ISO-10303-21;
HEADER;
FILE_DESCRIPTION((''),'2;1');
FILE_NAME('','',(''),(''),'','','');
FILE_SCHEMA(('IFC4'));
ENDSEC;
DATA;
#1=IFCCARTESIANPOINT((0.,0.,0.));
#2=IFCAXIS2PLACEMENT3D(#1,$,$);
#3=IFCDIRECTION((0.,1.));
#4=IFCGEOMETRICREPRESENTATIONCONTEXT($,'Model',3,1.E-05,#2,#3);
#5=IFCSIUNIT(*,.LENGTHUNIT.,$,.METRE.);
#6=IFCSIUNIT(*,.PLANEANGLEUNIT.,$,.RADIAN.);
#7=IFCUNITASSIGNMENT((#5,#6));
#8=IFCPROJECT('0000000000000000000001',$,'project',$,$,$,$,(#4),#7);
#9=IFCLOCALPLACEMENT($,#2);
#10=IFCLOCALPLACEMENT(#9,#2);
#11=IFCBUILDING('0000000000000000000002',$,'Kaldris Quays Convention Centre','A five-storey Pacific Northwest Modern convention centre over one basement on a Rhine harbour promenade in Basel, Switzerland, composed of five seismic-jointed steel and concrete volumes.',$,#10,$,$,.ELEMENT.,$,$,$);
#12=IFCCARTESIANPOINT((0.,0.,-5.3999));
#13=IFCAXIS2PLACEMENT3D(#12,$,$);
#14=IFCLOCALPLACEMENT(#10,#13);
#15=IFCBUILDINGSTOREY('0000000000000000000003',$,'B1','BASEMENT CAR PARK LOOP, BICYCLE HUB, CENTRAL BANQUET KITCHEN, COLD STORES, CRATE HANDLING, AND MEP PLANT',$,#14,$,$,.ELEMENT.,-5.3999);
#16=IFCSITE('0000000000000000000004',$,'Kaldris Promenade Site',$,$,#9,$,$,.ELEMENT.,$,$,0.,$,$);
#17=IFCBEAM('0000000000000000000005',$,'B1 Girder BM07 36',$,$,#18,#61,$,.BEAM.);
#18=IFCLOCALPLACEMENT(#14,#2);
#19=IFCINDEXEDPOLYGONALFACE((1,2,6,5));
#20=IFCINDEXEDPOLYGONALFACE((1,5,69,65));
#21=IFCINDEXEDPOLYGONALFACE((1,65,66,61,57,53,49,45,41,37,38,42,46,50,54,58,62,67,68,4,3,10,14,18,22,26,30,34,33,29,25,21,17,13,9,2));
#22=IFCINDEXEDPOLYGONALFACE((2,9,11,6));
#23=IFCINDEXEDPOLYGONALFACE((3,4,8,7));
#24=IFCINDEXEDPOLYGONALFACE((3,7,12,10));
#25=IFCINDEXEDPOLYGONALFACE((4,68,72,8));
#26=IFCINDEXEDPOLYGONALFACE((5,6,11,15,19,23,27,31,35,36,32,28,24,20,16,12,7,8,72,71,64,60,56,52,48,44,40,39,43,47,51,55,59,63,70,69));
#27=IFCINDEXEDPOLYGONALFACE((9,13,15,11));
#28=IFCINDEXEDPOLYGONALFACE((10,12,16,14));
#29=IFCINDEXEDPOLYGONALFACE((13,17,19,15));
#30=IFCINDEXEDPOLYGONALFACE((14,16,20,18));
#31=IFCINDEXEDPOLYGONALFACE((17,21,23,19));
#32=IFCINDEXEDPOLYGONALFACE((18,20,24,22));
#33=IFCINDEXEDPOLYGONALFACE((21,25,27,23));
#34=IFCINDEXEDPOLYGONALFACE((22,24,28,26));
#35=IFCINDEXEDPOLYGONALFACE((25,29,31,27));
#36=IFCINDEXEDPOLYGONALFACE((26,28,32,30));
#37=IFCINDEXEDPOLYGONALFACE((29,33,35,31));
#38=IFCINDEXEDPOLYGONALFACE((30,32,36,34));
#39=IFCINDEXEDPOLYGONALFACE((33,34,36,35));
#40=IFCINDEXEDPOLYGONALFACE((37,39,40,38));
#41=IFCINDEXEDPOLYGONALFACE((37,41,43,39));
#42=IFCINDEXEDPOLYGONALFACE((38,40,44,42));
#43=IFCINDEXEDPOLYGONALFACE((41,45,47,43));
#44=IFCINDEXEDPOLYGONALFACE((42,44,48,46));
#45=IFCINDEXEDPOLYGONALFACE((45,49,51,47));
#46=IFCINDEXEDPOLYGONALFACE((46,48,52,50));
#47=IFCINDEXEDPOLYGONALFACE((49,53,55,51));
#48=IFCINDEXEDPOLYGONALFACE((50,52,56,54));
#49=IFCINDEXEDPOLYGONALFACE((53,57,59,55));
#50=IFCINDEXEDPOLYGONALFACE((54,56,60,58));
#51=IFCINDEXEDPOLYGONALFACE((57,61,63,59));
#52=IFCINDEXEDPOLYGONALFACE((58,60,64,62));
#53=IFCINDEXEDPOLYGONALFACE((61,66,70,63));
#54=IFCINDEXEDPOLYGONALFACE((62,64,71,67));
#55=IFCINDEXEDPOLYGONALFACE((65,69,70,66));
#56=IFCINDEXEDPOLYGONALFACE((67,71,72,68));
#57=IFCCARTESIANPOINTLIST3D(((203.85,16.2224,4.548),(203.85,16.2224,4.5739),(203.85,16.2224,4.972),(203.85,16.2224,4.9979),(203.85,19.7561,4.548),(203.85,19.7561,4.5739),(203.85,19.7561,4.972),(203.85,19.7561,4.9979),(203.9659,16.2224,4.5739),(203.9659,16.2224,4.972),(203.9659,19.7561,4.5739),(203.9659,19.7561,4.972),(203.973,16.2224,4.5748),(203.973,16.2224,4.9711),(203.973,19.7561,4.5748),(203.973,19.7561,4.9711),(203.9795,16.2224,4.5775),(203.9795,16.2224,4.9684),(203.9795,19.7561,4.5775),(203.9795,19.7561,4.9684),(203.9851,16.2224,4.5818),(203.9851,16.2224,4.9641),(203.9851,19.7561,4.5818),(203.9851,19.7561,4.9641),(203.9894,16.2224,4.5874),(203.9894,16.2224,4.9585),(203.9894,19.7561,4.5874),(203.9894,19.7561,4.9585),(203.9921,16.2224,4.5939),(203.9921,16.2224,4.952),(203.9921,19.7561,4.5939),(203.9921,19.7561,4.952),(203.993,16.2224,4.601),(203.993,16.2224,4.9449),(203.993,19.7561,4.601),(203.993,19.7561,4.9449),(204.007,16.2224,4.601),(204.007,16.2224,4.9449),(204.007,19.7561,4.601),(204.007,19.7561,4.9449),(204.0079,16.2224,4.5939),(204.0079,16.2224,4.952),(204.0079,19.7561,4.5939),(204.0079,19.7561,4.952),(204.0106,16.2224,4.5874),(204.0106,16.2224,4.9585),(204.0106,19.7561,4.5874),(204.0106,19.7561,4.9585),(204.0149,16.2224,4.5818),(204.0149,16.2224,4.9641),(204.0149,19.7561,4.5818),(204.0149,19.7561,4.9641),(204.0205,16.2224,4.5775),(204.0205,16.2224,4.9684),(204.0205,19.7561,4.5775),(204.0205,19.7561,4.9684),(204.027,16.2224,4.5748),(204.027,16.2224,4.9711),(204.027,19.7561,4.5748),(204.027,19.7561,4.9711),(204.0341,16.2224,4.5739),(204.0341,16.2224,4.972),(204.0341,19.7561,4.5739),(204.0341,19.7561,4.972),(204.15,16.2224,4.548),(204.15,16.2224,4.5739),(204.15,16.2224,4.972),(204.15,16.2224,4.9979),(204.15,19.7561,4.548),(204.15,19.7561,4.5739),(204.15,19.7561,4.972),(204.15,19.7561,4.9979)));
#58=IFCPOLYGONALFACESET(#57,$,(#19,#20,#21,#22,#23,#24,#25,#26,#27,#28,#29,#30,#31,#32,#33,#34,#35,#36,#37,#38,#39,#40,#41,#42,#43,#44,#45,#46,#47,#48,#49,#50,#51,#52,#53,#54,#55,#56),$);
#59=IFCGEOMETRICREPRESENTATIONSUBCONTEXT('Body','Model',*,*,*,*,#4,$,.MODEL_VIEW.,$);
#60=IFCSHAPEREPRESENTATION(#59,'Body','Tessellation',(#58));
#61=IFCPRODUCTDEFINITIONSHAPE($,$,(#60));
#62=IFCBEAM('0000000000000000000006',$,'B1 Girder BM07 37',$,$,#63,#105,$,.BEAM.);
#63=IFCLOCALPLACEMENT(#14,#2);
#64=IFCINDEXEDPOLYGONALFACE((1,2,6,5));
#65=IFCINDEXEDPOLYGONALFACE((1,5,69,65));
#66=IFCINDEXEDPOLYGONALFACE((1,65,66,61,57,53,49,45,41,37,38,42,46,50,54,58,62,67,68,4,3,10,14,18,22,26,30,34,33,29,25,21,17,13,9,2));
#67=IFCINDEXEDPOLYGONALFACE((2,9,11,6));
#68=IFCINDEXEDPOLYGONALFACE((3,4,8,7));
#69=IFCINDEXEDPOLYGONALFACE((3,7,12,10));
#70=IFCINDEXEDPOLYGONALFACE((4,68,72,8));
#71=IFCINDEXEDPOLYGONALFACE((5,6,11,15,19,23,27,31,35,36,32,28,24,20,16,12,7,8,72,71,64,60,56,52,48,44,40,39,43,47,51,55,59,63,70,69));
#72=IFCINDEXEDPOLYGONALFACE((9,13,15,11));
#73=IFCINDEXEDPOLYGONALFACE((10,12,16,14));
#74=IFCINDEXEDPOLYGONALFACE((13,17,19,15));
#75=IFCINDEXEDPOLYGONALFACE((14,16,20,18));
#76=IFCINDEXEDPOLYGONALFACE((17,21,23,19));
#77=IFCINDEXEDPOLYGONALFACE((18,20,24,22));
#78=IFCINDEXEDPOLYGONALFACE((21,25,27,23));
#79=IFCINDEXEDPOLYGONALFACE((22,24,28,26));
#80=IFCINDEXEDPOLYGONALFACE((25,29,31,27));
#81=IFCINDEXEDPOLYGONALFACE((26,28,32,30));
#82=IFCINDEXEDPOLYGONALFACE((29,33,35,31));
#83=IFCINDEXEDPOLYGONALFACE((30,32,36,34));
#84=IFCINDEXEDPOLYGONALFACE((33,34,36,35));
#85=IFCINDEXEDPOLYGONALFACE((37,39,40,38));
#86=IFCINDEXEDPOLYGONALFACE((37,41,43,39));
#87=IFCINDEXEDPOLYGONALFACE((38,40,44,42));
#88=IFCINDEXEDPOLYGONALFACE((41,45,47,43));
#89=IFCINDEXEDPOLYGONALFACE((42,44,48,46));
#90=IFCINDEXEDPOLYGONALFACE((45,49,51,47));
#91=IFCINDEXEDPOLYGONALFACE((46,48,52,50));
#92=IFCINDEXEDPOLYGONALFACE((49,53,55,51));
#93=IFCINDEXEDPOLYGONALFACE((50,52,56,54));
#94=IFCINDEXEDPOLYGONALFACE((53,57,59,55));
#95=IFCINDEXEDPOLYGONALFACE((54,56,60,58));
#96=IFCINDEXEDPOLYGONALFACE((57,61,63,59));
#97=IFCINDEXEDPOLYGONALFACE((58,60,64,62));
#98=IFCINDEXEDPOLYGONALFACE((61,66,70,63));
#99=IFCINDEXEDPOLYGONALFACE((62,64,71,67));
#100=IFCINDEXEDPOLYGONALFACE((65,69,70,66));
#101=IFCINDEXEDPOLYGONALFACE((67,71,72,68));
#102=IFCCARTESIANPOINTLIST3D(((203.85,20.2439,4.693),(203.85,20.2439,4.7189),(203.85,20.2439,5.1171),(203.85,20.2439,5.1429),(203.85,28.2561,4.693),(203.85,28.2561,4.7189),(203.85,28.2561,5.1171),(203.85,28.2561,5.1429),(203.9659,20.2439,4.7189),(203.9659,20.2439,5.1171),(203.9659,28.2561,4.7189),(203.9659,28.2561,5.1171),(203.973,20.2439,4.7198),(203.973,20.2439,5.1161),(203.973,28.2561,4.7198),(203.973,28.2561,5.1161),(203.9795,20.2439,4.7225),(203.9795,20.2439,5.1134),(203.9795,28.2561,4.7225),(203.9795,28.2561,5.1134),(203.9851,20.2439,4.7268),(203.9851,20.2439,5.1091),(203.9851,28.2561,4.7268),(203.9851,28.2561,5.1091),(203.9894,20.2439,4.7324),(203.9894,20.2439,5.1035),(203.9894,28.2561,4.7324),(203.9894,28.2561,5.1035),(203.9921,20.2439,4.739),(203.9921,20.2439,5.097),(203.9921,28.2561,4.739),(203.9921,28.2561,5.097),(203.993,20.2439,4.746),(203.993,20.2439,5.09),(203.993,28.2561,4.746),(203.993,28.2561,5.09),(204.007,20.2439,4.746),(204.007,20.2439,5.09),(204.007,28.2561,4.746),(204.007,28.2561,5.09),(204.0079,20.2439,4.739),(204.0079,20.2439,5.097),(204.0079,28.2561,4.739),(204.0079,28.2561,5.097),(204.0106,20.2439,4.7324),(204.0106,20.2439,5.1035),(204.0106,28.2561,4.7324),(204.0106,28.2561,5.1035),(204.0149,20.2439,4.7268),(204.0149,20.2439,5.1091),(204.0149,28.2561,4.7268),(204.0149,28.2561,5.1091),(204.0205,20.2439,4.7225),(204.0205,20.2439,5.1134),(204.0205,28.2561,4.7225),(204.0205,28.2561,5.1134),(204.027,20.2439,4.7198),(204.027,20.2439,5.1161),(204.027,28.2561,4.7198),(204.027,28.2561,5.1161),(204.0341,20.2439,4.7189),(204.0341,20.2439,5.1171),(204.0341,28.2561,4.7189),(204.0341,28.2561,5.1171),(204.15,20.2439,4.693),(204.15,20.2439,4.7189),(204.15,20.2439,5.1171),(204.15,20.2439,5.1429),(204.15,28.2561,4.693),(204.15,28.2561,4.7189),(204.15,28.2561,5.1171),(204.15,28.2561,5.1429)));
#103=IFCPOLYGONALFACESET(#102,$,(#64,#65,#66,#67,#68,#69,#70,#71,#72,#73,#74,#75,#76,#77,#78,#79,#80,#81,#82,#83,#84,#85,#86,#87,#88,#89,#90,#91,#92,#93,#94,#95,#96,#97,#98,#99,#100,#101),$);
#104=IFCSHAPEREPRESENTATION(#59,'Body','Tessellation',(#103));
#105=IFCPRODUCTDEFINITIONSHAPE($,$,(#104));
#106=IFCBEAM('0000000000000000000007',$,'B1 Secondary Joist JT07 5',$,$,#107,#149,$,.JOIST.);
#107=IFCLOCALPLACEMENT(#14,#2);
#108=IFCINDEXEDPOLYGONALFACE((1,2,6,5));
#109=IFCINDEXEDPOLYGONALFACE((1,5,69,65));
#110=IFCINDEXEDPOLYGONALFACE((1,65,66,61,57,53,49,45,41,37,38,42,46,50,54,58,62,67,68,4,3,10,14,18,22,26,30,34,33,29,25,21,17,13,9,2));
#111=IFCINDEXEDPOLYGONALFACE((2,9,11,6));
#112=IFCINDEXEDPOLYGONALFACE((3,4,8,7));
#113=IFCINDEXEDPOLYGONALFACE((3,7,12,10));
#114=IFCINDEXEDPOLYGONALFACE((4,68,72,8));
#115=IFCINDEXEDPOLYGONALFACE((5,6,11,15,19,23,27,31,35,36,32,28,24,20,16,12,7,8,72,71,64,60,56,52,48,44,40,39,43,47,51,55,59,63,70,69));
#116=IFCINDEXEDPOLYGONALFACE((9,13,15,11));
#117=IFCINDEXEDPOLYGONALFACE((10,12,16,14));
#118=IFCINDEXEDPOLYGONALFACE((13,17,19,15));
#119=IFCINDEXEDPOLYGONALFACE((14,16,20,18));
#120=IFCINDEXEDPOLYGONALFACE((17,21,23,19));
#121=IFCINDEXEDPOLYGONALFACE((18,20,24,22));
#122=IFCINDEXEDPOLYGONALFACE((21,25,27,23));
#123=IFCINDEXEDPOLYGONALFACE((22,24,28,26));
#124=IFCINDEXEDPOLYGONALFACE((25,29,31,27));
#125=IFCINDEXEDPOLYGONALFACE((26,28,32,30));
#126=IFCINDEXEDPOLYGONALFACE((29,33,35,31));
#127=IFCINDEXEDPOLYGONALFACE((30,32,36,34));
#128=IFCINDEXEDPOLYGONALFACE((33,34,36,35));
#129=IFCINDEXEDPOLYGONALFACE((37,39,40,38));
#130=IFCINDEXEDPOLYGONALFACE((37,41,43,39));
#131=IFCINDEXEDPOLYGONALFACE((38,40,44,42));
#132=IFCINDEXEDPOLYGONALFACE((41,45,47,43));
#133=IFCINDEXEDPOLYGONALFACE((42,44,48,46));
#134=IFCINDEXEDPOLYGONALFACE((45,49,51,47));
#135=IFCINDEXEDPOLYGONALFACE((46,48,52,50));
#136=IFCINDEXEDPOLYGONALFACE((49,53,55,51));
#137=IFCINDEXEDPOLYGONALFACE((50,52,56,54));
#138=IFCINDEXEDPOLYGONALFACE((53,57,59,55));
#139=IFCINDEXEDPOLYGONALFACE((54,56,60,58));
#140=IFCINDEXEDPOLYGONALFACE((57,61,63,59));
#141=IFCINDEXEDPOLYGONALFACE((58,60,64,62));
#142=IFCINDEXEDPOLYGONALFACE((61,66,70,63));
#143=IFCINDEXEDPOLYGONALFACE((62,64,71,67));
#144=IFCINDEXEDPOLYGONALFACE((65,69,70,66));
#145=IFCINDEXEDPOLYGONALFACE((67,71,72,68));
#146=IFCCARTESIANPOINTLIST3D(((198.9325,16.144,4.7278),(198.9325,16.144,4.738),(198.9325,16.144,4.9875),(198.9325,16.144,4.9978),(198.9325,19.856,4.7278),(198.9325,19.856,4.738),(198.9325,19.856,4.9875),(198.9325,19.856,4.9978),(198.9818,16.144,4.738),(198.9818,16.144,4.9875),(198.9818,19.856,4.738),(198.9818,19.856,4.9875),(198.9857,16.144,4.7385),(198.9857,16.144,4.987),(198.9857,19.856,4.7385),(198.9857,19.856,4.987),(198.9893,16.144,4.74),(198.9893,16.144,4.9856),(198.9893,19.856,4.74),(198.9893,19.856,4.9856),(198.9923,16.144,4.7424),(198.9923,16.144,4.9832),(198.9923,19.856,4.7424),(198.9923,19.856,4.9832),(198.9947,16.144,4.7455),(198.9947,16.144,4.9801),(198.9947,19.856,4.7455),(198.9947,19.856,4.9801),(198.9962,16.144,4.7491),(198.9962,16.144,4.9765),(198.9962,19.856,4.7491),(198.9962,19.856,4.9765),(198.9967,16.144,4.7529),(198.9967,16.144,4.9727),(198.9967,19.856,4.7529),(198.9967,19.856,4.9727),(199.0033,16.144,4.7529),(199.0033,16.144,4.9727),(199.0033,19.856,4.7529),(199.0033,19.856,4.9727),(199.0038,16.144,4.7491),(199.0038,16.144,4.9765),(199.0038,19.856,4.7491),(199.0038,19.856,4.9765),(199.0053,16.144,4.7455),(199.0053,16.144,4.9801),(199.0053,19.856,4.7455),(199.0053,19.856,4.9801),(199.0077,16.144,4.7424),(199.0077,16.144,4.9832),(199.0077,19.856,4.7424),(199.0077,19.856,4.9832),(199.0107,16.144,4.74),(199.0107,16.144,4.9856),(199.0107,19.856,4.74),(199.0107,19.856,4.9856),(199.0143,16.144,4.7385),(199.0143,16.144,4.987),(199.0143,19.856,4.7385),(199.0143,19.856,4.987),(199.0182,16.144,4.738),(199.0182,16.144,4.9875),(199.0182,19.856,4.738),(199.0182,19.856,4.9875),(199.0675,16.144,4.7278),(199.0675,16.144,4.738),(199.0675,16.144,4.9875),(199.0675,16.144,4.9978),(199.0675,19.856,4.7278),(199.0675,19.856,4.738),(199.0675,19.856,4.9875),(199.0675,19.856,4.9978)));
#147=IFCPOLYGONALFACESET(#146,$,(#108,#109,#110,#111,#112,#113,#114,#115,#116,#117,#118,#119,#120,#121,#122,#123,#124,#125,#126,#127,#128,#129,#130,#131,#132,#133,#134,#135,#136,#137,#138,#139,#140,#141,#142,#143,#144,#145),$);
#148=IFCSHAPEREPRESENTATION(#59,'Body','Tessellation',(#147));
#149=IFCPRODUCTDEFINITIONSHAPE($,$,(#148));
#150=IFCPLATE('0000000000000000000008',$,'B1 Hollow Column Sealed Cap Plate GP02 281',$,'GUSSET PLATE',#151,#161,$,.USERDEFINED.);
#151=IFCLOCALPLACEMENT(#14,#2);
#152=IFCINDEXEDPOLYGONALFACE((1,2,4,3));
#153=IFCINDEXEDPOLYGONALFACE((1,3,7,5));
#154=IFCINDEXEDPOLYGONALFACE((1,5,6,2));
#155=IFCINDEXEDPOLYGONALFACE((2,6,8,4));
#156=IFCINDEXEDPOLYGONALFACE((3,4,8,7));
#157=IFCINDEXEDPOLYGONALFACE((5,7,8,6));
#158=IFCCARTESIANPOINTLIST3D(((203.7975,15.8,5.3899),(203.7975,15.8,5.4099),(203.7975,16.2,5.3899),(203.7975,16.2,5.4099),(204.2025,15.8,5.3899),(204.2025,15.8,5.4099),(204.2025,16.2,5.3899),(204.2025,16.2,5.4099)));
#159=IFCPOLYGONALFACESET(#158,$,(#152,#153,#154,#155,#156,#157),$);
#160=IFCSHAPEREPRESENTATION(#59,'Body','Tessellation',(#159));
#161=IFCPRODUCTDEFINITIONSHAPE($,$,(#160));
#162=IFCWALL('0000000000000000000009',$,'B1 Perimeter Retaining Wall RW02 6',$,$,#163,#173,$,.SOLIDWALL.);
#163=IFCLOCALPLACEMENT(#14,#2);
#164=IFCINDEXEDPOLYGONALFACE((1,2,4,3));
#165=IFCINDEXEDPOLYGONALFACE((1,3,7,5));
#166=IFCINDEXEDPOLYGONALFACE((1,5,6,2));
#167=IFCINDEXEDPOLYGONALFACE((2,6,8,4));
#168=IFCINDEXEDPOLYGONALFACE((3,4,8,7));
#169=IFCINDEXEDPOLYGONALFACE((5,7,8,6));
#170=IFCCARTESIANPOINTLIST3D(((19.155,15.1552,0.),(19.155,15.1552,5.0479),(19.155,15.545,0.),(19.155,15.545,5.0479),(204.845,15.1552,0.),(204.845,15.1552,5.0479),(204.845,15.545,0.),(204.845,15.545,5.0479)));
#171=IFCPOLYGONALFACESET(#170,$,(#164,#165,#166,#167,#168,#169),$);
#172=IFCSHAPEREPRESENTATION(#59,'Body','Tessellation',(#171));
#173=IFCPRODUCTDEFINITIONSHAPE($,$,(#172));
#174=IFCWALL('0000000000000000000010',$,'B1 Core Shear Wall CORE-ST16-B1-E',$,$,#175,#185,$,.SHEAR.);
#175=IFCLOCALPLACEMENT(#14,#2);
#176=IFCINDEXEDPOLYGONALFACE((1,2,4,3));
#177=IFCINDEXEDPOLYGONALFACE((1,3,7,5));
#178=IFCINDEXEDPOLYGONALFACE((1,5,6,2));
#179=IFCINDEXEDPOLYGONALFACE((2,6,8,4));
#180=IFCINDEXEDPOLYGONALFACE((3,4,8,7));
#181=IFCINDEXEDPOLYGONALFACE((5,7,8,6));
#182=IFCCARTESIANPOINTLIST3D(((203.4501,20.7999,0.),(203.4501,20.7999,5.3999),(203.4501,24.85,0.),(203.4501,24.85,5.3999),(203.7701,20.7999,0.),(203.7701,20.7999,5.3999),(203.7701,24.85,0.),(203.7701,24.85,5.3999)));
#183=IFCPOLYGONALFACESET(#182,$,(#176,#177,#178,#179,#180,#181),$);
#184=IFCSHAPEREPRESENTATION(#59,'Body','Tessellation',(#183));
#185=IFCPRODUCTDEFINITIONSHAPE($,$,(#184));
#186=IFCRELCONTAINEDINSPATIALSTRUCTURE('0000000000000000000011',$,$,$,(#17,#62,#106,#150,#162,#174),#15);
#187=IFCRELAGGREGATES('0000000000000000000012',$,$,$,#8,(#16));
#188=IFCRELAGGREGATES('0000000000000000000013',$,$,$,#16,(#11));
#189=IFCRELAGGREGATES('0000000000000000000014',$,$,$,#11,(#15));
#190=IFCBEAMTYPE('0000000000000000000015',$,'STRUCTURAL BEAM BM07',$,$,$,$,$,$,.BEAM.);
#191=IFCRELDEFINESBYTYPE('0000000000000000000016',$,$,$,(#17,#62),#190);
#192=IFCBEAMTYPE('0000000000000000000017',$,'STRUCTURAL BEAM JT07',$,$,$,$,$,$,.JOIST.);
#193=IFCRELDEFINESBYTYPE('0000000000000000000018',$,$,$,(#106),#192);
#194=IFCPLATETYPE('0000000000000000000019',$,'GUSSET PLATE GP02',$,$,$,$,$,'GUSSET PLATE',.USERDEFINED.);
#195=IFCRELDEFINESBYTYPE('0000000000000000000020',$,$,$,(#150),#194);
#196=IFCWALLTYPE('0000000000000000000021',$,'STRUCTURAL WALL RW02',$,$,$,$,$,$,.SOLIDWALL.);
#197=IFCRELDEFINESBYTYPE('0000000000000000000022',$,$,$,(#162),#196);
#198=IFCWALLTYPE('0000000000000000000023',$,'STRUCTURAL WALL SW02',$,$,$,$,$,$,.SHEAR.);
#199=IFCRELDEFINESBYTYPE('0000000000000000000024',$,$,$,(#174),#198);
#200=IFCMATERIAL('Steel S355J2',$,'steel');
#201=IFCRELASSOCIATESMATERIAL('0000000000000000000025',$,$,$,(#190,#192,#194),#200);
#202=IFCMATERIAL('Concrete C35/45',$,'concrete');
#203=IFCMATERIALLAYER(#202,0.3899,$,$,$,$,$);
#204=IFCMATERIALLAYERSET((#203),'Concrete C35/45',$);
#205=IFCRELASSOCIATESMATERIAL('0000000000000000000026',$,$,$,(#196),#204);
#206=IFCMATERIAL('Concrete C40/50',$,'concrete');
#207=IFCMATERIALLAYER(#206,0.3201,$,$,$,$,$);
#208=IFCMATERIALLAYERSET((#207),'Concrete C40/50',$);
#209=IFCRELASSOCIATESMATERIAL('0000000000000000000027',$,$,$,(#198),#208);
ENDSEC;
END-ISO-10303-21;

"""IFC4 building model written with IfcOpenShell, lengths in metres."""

from ifc_helpers import new_model, si_unit, direction, frame, frame_2d, origin, origin_2d, place, context, subcontext, project, spatial, rectangle, i_section, extrude, material, layer, layer_set, material_profile, profile_set, type_object, element, save


model = new_model("IFC4")

# Units and contexts
model_context = context("Model", 3, precision=1e-05, world=origin(), true_north=direction((0.0, 1.0)))
body_context = subcontext(model_context, "Body", "Model", "MODEL_VIEW")
ifc_project = project(units=[si_unit("LENGTHUNIT", "METRE"), si_unit("PLANEANGLEUNIT", "RADIAN")], contexts=[model_context])

# Site, building, storey
site_placement = place(None, origin())
site = spatial("IfcSite", under=ifc_project, at=site_placement, Name="Kaldris Promenade Site", CompositionType="ELEMENT", RefElevation=0.0)
building_placement = place(site_placement, origin())
building = spatial("IfcBuilding", under=site, at=building_placement, Name="Kaldris Quays Convention Centre", Description="A five-storey Pacific Northwest Modern convention centre over one basement on a Rhine harbour promenade in Basel, Switzerland, composed of five seismic-jointed steel and concrete volumes.", CompositionType="ELEMENT")
storey_placement = place(building_placement, frame((0.0, 0.0, -5.3999)))
storey = spatial("IfcBuildingStorey", under=building, at=storey_placement, Name="B1", Description="BASEMENT CAR PARK LOOP, BICYCLE HUB, CENTRAL BANQUET KITCHEN, COLD STORES, CRATE HANDLING, AND MEP PLANT", CompositionType="ELEMENT", Elevation=-5.3999)

# Shared definitions
ifc_material_1 = material(Name="Concrete C35/45", Category="concrete")

# Shared definitions
ifc_material_2 = material(Name="Steel S355J2", Category="steel")
ifc_material_3 = material(Name="Concrete C40/50", Category="concrete")

# Beams
ifc_material_profile_1 = material_profile(ifc_material_2, i_section(OverallWidth=0.3, OverallDepth=0.45, WebThickness=0.0139, FlangeThickness=0.0259, FilletRadius=0.0271, at=origin_2d()), Name="HEB 450")
ifc_profile_set_1 = profile_set([ifc_material_profile_1], Name="Steel S355J2")
beam_type_1 = type_object("IfcBeamType", Name="STRUCTURAL BEAM BM07", PredefinedType="BEAM", material=ifc_profile_set_1)
beam_1_placement = place(storey_placement, frame((204.0, 16.2224, 4.7729), z_axis=(0.0, 1.0, 0.0), x_axis=(-1.0, 0.0, 0.0)))
element("IfcBeam", 1, at=beam_1_placement, inside=storey, type_object=beam_type_1, Name="B1 Girder BM07 36", PredefinedType="BEAM", context=body_context, shape_type="SweptSolid", body=[
    extrude(i_section(OverallWidth=0.3, OverallDepth=0.45, WebThickness=0.0139, FlangeThickness=0.0259, FilletRadius=0.0271, at=origin_2d()), origin(), (0.0, 0.0, 1.0), 3.5337),
])
beam_2_placement = place(storey_placement, frame((204.0, 20.2439, 4.918), z_axis=(0.0, 1.0, 0.0), x_axis=(-1.0, 0.0, 0.0)))
element("IfcBeam", 2, at=beam_2_placement, inside=storey, type_object=beam_type_1, Name="B1 Girder BM07 37", PredefinedType="BEAM", context=body_context, shape_type="SweptSolid", body=[
    extrude(i_section(OverallWidth=0.3, OverallDepth=0.45, WebThickness=0.0139, FlangeThickness=0.0259, FilletRadius=0.0271, at=origin_2d()), origin(), (0.0, 0.0, 1.0), 8.0122),
])
ifc_material_profile_2 = material_profile(ifc_material_2, i_section(OverallWidth=0.135, OverallDepth=0.27, WebThickness=0.0066, FlangeThickness=0.0103, FilletRadius=0.0149, at=origin_2d()), Name="IPE 270")
ifc_profile_set_2 = profile_set([ifc_material_profile_2], Name="Steel S355J2")
beam_type_2 = type_object("IfcBeamType", Name="STRUCTURAL BEAM JT07", PredefinedType="JOIST", material=ifc_profile_set_2)
beam_3_placement = place(storey_placement, frame((199.0, 16.144, 4.8628), z_axis=(0.0, 1.0, 0.0), x_axis=(-1.0, 0.0, 0.0)))
element("IfcBeam", 3, at=beam_3_placement, inside=storey, type_object=beam_type_2, Name="B1 Secondary Joist JT07 5", PredefinedType="JOIST", context=body_context, shape_type="SweptSolid", body=[
    extrude(i_section(OverallWidth=0.135, OverallDepth=0.27, WebThickness=0.0066, FlangeThickness=0.0103, FilletRadius=0.0149, at=origin_2d()), origin(), (0.0, 0.0, 1.0), 3.7119),
])

# Plate
plate_type = type_object("IfcPlateType", Name="GUSSET PLATE GP02", ElementType="GUSSET PLATE", PredefinedType="USERDEFINED", material=ifc_material_2)
plate_placement = place(storey_placement, frame((204.0, 16.0, 5.3899), z_axis=(0.0, 0.0, 1.0), x_axis=(1.0, 0.0, 0.0)))
element("IfcPlate", 4, at=plate_placement, inside=storey, type_object=plate_type, Name="B1 Hollow Column Sealed Cap Plate GP02 281", ObjectType="GUSSET PLATE", PredefinedType="USERDEFINED", context=body_context, shape_type="SweptSolid", body=[
    extrude(rectangle(XDim=0.405, YDim=0.3999, at=origin_2d()), origin(), (0.0, 0.0, 1.0), 0.02),
])

# Walls
ifc_layer_1 = layer(ifc_material_1, 0.3899)
ifc_layer_set_1 = layer_set([ifc_layer_1], Name="Concrete C35/45")
wall_type_1 = type_object("IfcWallType", Name="STRUCTURAL WALL RW02", PredefinedType="SOLIDWALL", material=ifc_layer_set_1)
wall_1_placement = place(storey_placement, frame((204.845, 15.3501, 0.0), z_axis=(0.0, 0.0, 1.0), x_axis=(-1.0, 0.0, 0.0)))
element("IfcWall", 5, at=wall_1_placement, inside=storey, type_object=wall_type_1, Name="B1 Perimeter Retaining Wall RW02 6", PredefinedType="SOLIDWALL", context=body_context, shape_type="SweptSolid", body=[
    extrude(rectangle(XDim=185.6899, YDim=0.3899, at=frame_2d((92.845, 0.0))), origin(), (0.0, 0.0, 1.0), 5.0479),
])
ifc_layer_2 = layer(ifc_material_3, 0.3201)
ifc_layer_set_2 = layer_set([ifc_layer_2], Name="Concrete C40/50")
wall_type_2 = type_object("IfcWallType", Name="STRUCTURAL WALL SW02", PredefinedType="SHEAR", material=ifc_layer_set_2)
wall_2_placement = place(storey_placement, frame((203.6101, 20.8, 0.0), z_axis=(0.0, 0.0, 1.0), x_axis=(0.0, 1.0, 0.0)))
element("IfcWall", 6, at=wall_2_placement, inside=storey, type_object=wall_type_2, Name="B1 Core Shear Wall CORE-ST16-B1-E", PredefinedType="SHEAR", context=body_context, shape_type="SweptSolid", body=[
    extrude(rectangle(XDim=4.05, YDim=0.3201, at=frame_2d((2.0249, 0.0))), origin(), (0.0, 0.0, 1.0), 5.3999),
])

save(model, "model.ifc")
